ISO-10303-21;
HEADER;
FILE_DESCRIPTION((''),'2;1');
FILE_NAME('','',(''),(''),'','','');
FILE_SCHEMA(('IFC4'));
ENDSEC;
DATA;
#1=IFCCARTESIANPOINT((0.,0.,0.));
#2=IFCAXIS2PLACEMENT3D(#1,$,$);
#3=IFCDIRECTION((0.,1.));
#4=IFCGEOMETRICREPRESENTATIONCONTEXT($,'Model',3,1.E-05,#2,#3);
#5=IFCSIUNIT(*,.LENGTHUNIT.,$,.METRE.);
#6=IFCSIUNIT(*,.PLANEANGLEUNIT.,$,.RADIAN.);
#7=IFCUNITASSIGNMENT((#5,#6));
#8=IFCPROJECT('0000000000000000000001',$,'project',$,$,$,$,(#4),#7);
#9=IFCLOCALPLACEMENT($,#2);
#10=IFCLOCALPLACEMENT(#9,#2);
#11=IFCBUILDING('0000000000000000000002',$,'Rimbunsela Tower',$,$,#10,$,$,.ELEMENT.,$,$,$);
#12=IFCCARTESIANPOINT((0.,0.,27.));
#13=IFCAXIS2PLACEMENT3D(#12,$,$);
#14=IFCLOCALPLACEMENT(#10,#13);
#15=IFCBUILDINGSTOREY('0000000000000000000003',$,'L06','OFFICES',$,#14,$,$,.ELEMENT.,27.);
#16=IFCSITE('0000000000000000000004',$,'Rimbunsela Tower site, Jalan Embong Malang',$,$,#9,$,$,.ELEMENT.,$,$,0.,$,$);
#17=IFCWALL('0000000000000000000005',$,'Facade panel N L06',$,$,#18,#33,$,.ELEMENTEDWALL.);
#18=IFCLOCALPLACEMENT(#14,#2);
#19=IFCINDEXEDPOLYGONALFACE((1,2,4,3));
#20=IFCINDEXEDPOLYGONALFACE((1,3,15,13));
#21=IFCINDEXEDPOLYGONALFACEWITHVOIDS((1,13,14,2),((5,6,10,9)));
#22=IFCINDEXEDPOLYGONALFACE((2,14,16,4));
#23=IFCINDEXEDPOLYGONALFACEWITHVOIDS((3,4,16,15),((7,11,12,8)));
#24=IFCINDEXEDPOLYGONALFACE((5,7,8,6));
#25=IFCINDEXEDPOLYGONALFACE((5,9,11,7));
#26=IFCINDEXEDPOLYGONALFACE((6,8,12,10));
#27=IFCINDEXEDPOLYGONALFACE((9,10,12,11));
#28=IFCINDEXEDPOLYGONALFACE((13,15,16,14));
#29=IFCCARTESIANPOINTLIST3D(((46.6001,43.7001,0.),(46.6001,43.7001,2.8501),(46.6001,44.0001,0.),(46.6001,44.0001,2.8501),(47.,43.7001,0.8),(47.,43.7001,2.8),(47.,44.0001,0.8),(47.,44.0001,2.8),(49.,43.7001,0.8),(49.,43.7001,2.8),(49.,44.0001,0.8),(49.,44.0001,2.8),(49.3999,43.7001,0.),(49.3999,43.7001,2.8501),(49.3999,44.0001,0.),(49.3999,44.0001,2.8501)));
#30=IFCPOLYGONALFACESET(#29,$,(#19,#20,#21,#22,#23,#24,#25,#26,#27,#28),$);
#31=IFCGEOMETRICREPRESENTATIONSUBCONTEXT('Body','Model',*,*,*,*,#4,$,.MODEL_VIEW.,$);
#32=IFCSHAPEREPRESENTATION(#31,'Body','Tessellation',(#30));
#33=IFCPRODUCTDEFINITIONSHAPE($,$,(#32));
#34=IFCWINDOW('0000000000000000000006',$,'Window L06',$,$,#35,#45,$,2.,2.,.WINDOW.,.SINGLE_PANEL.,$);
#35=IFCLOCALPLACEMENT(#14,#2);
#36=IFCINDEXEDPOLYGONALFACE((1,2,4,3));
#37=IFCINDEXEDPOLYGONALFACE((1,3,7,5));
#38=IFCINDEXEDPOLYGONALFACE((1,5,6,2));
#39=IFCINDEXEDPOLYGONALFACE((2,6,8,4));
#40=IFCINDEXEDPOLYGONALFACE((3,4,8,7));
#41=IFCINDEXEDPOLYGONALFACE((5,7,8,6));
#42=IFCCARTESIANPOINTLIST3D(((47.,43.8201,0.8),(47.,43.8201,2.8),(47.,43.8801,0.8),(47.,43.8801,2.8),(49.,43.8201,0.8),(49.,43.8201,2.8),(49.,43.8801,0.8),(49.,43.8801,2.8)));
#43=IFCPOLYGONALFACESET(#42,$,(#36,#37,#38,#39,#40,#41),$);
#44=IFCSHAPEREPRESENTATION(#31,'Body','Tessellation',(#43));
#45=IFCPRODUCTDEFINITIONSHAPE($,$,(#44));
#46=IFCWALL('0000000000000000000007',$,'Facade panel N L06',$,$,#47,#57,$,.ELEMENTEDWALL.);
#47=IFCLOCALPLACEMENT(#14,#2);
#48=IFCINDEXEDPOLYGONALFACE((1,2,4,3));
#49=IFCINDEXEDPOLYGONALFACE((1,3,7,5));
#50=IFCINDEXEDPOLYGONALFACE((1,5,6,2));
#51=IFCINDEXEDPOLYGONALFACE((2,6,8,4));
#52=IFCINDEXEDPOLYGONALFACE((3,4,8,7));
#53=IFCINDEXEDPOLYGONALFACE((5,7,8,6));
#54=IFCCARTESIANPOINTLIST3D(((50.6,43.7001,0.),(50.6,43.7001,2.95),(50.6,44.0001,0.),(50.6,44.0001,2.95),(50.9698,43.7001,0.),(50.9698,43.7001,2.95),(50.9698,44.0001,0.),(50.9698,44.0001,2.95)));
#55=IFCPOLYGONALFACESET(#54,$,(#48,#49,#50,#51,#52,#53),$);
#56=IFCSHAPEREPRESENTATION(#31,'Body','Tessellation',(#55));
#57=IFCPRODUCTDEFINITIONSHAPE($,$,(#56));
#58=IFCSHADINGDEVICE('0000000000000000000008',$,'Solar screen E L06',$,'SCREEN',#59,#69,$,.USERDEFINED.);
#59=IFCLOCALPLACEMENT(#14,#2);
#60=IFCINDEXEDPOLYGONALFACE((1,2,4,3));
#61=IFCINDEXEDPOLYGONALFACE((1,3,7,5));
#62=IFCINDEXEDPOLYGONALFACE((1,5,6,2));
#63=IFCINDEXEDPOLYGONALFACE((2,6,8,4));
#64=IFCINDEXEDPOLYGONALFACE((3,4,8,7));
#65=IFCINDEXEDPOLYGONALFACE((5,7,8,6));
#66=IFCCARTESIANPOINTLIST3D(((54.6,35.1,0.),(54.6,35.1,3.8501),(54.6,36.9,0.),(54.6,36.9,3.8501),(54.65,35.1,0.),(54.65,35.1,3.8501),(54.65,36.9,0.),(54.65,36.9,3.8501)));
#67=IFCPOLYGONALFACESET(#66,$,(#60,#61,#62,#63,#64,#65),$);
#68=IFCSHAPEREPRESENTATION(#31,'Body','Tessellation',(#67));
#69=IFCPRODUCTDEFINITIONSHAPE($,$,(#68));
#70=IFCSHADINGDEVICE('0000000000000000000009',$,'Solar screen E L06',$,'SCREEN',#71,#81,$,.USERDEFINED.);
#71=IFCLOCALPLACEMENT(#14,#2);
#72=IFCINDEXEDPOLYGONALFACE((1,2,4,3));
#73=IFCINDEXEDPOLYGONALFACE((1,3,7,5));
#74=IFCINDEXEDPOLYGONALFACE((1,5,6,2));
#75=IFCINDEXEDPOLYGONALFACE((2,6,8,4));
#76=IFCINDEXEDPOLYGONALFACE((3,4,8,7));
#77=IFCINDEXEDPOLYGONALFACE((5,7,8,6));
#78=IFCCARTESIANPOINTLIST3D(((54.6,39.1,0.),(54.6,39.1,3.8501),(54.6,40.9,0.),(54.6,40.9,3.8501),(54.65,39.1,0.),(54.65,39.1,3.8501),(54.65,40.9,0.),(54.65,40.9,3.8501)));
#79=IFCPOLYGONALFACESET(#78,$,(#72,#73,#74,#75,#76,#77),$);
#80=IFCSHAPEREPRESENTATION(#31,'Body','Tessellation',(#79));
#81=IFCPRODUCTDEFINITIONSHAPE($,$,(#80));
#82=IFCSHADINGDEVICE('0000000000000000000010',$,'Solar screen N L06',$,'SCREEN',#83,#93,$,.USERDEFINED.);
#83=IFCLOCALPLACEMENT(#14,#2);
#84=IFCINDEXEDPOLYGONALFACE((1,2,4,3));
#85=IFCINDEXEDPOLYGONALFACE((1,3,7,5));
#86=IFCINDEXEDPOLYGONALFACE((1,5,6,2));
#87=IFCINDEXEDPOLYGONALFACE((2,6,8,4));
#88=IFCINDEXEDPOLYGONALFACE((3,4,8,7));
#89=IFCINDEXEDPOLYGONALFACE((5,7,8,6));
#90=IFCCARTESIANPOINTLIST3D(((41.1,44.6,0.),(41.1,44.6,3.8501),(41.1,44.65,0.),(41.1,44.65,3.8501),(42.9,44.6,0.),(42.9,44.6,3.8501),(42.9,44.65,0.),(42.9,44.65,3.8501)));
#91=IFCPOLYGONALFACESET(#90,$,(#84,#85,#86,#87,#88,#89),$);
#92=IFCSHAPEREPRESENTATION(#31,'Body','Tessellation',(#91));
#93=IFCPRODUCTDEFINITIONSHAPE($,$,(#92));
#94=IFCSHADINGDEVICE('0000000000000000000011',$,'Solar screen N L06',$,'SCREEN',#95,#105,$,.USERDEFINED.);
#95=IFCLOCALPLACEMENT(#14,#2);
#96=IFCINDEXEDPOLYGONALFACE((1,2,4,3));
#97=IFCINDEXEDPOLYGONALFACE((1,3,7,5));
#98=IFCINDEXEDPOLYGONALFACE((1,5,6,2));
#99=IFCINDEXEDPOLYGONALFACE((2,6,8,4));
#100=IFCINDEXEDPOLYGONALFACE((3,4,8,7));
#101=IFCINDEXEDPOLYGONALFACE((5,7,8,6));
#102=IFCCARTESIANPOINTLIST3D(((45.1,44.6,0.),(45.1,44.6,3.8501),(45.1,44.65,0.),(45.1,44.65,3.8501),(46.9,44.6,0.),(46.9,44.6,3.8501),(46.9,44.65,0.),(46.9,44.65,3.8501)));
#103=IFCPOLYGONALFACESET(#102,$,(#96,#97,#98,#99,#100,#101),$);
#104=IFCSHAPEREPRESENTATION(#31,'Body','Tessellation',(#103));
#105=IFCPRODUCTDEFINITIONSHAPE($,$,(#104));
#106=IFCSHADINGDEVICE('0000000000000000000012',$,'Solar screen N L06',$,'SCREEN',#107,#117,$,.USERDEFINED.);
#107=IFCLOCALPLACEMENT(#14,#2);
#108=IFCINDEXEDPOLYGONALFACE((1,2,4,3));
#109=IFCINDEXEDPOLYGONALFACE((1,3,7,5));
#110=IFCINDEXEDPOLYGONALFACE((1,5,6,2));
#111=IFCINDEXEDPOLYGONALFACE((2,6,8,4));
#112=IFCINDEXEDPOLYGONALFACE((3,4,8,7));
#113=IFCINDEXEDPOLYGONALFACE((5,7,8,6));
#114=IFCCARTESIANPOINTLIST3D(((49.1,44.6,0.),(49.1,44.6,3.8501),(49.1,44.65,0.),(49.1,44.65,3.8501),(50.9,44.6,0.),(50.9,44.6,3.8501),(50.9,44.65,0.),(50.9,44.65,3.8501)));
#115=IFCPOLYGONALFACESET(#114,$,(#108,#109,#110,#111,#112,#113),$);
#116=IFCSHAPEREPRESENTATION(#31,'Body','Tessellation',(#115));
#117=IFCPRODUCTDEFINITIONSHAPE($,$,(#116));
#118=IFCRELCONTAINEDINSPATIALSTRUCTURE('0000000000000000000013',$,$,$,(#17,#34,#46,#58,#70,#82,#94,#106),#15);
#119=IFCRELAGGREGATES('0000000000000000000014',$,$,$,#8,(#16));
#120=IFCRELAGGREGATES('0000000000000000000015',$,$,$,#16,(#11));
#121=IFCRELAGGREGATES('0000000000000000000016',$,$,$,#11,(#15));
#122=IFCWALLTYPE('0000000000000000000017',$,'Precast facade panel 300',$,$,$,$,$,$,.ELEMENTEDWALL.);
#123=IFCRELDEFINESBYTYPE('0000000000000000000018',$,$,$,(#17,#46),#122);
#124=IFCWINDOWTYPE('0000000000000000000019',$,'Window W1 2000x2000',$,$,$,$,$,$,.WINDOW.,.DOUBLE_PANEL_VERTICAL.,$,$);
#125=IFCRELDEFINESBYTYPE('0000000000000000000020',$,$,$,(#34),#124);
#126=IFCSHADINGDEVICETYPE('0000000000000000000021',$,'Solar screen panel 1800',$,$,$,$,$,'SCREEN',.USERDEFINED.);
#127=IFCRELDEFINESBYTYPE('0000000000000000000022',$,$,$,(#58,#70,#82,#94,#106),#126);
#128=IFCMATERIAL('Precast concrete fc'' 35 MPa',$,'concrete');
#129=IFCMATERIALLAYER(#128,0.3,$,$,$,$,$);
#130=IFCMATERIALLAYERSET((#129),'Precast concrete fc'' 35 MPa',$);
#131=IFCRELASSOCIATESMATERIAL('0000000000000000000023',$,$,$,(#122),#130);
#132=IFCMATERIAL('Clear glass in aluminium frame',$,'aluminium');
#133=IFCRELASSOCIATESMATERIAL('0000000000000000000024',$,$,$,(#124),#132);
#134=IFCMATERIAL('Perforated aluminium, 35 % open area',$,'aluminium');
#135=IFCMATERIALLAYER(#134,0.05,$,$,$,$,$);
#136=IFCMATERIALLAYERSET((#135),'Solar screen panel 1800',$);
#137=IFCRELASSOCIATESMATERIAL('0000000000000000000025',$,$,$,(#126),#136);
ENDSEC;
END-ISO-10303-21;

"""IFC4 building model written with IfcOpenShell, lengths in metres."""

from ifc_helpers import new_model, si_unit, direction, frame, frame_2d, origin, origin_2d, place, context, subcontext, project, spatial, rectangle, extrude, material, layer, layer_set, type_object, element, fill, save


model = new_model("IFC4")

# Units and contexts
model_context = context("Model", 3, precision=1e-05, world=origin(), true_north=direction((0.0, 1.0)))
body_context = subcontext(model_context, "Body", "Model", "MODEL_VIEW")
ifc_project = project(units=[si_unit("LENGTHUNIT", "METRE"), si_unit("PLANEANGLEUNIT", "RADIAN")], contexts=[model_context])

# Site, building, storey
site_placement = place(None, origin())
site = spatial("IfcSite", under=ifc_project, at=site_placement, Name="Rimbunsela Tower site, Jalan Embong Malang", CompositionType="ELEMENT", RefElevation=0.0)
building_placement = place(site_placement, origin())
building = spatial("IfcBuilding", under=site, at=building_placement, Name="Rimbunsela Tower", CompositionType="ELEMENT")
storey_placement = place(building_placement, frame((0.0, 0.0, 27.0)))
storey = spatial("IfcBuildingStorey", under=building, at=storey_placement, Name="L06", Description="OFFICES", CompositionType="ELEMENT", Elevation=27.0)

# Shared definitions
ifc_material_1 = material(Name="Precast concrete fc' 35 MPa", Category="concrete")
ifc_layer_1 = layer(ifc_material_1, 0.3)
ifc_layer_set_1 = layer_set([ifc_layer_1], Name="Precast concrete fc' 35 MPa")
wall_type = type_object("IfcWallType", Name="Precast facade panel 300", PredefinedType="ELEMENTEDWALL", material=ifc_layer_set_1)
ifc_material_2 = material(Name="Clear glass in aluminium frame", Category="aluminium")
window_type = type_object("IfcWindowType", Name="Window W1 2000x2000", PartitioningType="DOUBLE_PANEL_VERTICAL", PredefinedType="WINDOW", material=ifc_material_2)

# Wall, opening, window
wall_1_placement = place(storey_placement, frame((49.3999, 43.8501, 0.0), z_axis=(0.0, 0.0, 1.0), x_axis=(-1.0, 0.0, 0.0)))
wall_1 = element("IfcWall", 1, at=wall_1_placement, inside=storey, type_object=wall_type, Name="Facade panel N L06", PredefinedType="ELEMENTEDWALL", context=body_context, shape_type="SweptSolid", body=[
    extrude(rectangle(XDim=2.7998, YDim=0.3, at=frame_2d((1.3999, 0.0))), origin(), (0.0, 0.0, 1.0), 2.8501),
])
opening_1_placement = place(wall_1_placement, frame((0.3999, 0.0, 0.8)))
opening_1 = element("IfcOpeningElement", 2, at=opening_1_placement, cuts=wall_1, PredefinedType="OPENING", context=body_context, shape_type="SweptSolid", body=[
    extrude(rectangle(XDim=2.0, YDim=2.0, at=frame_2d((1.0, 1.0))), frame((0.0, 0.1599, 0.0), z_axis=(0.0, -1.0, 0.0), x_axis=(1.0, 0.0, 0.0)), (0.0, 0.0, 1.0), 0.3201),
])
window_1_placement = place(opening_1_placement, origin())
window_1 = element("IfcWindow", 3, at=window_1_placement, inside=storey, type_object=window_type, Name="Window L06", OverallHeight=2.0, OverallWidth=2.0, PartitioningType="SINGLE_PANEL", PredefinedType="WINDOW", context=body_context, shape_type="SweptSolid", body=[
    extrude(rectangle(XDim=2.0, YDim=2.0, at=frame_2d((1.0, 1.0))), frame((0.0, 0.03, 0.0), z_axis=(0.0, -1.0, 0.0), x_axis=(1.0, 0.0, 0.0)), (0.0, 0.0, 1.0), 0.0601),
])
fill(opening_1, window_1)

# Wall
wall_2_placement = place(storey_placement, frame((50.97, 43.8501, 0.0), z_axis=(0.0, 0.0, 1.0), x_axis=(-1.0, 0.0, 0.0)))
element("IfcWall", 4, at=wall_2_placement, inside=storey, type_object=wall_type, Name="Facade panel N L06", PredefinedType="ELEMENTEDWALL", context=body_context, shape_type="SweptSolid", body=[
    extrude(rectangle(XDim=0.3699, YDim=0.3, at=frame_2d((0.1851, 0.0))), origin(), (0.0, 0.0, 1.0), 2.95),
])

# Shading devices
ifc_material_3 = material(Name="Perforated aluminium, 35 % open area", Category="aluminium")
ifc_layer_2 = layer(ifc_material_3, 0.05)
ifc_layer_set_2 = layer_set([ifc_layer_2], Name="Solar screen panel 1800")
shading_device_type = type_object("IfcShadingDeviceType", Name="Solar screen panel 1800", ElementType="SCREEN", PredefinedType="USERDEFINED", material=ifc_layer_set_2)
for number, where, z_axis, x_axis, name in (
    (5, (54.625, 36.0, 0.0), (0.0, 0.0, 1.0), (0.0, 1.0, 0.0), "Solar screen E L06"),
    (6, (54.625, 40.0, 0.0), (0.0, 0.0, 1.0), (0.0, 1.0, 0.0), "Solar screen E L06"),
    (7, (42.0, 44.625, 0.0), (0.0, 0.0, 1.0), (1.0, 0.0, 0.0), "Solar screen N L06"),
    (8, (46.0, 44.625, 0.0), (0.0, 0.0, 1.0), (1.0, 0.0, 0.0), "Solar screen N L06"),
    (9, (50.0, 44.625, 0.0), (0.0, 0.0, 1.0), (1.0, 0.0, 0.0), "Solar screen N L06"),
):
    element("IfcShadingDevice", number, at=place(storey_placement, frame(where, z_axis=z_axis, x_axis=x_axis)), inside=storey, type_object=shading_device_type, Name=name, ObjectType="SCREEN", PredefinedType="USERDEFINED", context=body_context, shape_type="SweptSolid", body=[
        extrude(rectangle(XDim=1.8, YDim=0.05, at=origin_2d()), origin(), (0.0, 0.0, 1.0), 3.8501),
    ])

save(model, "model.ifc")
